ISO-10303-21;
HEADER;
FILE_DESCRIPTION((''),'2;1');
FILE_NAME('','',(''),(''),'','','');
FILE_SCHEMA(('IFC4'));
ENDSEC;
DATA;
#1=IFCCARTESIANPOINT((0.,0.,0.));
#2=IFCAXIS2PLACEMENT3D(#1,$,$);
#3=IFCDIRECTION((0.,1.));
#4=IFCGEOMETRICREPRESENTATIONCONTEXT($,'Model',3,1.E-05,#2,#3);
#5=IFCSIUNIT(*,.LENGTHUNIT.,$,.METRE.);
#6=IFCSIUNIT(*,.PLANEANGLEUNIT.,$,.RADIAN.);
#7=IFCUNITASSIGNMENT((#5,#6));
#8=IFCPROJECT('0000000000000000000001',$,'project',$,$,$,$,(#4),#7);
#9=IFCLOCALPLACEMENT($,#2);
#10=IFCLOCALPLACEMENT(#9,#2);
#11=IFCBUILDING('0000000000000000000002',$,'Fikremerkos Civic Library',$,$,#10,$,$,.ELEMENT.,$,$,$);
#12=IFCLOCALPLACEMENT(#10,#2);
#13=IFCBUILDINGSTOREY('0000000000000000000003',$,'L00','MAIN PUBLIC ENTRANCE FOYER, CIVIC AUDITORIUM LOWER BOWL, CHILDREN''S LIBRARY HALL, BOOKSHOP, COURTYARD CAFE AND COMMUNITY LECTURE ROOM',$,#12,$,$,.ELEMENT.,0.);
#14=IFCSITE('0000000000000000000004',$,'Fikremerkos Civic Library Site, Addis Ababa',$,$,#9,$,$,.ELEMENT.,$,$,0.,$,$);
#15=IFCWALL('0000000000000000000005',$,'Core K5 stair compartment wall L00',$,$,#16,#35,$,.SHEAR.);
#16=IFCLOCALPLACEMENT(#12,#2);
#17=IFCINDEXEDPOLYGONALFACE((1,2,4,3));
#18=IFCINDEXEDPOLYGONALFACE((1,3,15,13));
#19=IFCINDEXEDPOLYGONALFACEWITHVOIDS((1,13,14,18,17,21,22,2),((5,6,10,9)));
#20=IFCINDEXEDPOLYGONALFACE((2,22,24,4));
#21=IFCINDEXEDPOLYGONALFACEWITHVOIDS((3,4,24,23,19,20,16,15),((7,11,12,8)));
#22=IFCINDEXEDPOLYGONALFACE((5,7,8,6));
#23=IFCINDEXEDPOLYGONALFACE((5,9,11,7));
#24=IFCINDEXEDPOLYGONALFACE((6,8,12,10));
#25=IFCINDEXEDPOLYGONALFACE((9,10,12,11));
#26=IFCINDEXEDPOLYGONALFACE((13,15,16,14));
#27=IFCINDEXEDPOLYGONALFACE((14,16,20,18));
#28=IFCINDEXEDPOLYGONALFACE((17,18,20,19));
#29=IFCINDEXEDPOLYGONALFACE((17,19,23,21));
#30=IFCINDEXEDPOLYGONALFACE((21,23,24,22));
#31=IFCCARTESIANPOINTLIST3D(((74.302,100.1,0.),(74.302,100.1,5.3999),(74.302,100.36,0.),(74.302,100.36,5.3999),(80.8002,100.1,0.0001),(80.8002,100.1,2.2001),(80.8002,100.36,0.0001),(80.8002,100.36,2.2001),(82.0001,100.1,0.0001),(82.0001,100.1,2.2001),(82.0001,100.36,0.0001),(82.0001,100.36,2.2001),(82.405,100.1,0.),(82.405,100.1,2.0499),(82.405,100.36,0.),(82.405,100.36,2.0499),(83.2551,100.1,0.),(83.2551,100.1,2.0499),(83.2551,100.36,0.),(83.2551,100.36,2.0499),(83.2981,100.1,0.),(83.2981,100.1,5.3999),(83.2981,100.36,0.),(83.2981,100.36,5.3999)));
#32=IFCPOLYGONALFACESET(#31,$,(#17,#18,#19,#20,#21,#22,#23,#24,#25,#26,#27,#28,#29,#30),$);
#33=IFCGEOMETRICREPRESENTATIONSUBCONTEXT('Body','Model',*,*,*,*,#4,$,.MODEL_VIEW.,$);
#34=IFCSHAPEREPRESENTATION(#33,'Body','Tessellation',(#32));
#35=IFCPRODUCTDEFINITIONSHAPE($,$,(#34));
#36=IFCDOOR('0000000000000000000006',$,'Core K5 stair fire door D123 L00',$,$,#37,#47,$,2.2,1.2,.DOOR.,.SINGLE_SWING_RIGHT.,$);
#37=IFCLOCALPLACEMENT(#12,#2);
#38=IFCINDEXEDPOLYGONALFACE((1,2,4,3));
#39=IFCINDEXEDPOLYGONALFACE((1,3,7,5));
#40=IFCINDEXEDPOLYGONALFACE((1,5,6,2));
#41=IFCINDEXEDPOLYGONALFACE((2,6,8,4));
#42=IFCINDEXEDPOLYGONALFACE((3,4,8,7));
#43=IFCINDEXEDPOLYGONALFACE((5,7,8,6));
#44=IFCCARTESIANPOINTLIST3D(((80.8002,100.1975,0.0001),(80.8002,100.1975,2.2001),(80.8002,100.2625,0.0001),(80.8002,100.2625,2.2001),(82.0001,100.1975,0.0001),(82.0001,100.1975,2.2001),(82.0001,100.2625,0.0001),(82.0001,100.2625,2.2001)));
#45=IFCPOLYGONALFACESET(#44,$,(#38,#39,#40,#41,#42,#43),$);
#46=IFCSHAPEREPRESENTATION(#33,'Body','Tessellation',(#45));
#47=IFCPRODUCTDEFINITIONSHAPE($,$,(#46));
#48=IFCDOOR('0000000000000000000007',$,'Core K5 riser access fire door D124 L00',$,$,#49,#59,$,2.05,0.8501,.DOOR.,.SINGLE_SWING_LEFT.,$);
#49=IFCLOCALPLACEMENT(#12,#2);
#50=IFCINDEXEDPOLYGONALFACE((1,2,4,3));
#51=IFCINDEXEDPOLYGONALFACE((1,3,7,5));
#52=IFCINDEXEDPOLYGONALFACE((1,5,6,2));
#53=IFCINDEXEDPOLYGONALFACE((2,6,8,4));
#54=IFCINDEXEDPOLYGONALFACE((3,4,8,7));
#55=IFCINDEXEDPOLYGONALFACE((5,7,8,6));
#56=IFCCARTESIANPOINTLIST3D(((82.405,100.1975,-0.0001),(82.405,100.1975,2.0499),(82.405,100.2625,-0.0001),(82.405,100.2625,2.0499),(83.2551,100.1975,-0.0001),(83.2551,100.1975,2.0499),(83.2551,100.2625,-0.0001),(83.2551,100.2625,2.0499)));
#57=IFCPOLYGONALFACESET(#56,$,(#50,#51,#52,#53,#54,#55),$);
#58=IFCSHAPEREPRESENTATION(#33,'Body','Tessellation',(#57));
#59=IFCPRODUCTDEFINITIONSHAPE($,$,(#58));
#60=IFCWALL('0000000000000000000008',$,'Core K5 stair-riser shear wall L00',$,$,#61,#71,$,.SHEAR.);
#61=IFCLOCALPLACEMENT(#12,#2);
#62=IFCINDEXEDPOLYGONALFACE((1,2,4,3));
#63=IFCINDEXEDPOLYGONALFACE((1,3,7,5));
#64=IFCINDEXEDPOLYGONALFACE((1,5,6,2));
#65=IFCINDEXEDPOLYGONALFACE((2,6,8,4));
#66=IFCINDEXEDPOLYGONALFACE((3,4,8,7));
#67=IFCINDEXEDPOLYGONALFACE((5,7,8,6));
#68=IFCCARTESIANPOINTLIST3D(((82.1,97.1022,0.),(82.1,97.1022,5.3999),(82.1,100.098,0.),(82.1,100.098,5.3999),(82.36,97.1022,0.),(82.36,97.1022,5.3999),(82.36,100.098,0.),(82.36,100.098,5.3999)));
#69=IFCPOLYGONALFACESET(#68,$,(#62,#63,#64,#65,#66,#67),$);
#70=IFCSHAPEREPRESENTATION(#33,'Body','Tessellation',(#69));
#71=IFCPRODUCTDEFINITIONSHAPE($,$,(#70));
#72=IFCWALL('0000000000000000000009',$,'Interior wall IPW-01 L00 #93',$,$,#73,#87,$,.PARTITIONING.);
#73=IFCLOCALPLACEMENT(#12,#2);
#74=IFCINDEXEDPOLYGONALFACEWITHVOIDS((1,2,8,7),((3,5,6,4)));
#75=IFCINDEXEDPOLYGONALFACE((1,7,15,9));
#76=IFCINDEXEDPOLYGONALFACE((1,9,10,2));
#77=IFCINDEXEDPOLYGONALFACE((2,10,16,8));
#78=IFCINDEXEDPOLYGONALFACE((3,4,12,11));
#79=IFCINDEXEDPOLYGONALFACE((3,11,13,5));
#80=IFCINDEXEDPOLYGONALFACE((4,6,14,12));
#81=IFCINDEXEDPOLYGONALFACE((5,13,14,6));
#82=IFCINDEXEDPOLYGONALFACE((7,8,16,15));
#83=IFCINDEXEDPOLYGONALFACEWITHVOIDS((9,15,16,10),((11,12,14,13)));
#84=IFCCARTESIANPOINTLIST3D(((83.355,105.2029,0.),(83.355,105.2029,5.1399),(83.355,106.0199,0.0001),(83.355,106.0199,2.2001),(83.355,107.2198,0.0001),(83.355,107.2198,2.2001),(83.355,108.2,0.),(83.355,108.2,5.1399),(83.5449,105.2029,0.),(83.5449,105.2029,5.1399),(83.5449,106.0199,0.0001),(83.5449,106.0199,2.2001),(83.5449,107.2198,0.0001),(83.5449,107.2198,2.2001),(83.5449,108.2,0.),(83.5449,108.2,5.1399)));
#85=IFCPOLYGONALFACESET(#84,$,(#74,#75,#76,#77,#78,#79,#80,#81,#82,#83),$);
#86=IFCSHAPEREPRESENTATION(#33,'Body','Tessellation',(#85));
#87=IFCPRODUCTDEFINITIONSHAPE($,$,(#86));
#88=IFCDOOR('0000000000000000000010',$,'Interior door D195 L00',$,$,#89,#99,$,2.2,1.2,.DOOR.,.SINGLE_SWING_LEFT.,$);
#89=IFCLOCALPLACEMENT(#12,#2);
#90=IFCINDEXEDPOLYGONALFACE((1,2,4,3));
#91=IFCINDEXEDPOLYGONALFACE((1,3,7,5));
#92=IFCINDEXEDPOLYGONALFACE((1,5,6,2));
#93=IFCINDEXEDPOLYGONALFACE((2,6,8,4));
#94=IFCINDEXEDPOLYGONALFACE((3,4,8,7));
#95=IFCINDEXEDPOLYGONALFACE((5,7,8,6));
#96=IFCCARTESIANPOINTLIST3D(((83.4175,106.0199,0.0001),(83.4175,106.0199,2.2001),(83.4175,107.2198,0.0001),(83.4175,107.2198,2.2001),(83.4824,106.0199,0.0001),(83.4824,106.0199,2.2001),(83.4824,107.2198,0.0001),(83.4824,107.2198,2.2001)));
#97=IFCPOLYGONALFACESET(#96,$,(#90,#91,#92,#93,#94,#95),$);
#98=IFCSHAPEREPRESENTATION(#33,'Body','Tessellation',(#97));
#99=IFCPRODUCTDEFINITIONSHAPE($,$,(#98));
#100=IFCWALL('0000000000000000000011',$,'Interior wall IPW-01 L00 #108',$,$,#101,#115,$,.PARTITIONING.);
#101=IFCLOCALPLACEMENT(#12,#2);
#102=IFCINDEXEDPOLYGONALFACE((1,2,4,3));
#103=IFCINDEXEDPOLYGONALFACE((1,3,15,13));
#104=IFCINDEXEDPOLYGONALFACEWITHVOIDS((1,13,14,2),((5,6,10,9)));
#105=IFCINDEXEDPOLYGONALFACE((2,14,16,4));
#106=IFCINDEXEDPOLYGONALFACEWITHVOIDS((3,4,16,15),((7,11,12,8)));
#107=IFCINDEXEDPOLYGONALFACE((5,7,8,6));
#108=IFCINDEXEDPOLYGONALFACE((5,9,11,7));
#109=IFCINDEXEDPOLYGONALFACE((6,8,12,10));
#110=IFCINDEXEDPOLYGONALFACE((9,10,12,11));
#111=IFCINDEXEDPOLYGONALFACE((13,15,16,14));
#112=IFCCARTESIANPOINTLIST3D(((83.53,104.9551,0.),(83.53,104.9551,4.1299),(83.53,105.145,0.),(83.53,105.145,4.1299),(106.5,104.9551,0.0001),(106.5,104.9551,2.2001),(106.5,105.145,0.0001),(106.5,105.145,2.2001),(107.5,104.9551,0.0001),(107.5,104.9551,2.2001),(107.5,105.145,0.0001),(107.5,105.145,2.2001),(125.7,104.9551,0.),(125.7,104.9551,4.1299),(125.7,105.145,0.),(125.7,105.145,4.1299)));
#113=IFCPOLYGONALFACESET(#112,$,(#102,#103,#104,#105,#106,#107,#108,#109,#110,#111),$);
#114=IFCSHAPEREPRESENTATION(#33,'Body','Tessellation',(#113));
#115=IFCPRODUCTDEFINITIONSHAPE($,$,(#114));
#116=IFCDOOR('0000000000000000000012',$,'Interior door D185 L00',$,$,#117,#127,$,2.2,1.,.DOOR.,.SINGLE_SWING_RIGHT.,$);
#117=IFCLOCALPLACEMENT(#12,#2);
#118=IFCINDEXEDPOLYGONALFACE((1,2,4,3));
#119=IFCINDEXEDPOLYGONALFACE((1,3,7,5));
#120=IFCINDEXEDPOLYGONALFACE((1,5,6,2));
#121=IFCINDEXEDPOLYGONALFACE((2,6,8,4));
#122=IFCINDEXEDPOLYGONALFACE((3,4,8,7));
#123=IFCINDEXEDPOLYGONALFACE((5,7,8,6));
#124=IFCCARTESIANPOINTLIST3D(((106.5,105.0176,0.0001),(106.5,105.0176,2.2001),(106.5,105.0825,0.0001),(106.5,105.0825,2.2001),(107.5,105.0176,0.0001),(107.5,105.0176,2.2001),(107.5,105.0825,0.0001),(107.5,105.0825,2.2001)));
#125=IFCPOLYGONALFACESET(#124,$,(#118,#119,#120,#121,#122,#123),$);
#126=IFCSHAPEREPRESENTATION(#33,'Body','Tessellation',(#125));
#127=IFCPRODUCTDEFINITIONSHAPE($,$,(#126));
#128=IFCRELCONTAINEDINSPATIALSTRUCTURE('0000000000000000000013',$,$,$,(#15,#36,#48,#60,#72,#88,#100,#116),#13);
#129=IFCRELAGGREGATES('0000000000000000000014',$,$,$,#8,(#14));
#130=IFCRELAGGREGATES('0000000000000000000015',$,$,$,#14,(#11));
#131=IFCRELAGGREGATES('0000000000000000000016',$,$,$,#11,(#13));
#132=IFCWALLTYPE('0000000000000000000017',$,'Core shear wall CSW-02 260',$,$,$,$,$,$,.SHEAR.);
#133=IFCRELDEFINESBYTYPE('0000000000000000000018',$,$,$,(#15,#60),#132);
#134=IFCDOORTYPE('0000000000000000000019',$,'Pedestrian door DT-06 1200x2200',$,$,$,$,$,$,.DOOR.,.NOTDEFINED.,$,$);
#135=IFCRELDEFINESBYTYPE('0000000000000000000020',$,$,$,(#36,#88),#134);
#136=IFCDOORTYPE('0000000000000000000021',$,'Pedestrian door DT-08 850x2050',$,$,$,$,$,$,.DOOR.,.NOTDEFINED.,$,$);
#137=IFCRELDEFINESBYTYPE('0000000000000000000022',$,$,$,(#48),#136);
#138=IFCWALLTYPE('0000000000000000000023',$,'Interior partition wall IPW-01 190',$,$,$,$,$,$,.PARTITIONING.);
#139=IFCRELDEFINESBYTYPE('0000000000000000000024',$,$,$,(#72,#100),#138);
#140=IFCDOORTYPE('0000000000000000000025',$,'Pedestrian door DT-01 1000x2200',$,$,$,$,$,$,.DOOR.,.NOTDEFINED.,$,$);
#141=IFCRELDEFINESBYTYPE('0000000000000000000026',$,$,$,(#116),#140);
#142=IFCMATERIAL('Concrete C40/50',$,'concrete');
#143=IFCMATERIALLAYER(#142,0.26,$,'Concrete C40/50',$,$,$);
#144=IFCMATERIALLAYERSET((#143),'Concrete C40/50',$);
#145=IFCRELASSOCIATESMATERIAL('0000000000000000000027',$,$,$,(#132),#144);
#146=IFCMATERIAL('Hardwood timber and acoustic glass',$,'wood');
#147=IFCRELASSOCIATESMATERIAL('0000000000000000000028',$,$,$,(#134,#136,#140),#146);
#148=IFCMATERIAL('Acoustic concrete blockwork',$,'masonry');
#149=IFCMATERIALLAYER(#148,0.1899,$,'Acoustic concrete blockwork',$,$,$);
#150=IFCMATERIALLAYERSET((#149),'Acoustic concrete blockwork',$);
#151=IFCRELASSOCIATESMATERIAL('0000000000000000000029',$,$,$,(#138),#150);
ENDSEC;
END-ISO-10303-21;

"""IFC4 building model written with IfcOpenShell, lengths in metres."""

from ifc_helpers import new_model, si_unit, direction, frame, frame_2d, origin, place, context, subcontext, project, spatial, rectangle, extrude, material, layer, layer_set, type_object, element, fill, save


model = new_model("IFC4")

# Units and contexts
model_context = context("Model", 3, precision=1e-05, world=origin(), true_north=direction((0.0, 1.0)))
body_context = subcontext(model_context, "Body", "Model", "MODEL_VIEW")
ifc_project = project(units=[si_unit("LENGTHUNIT", "METRE"), si_unit("PLANEANGLEUNIT", "RADIAN")], contexts=[model_context])

# Site, building, storey
site_placement = place(None, origin())
site = spatial("IfcSite", under=ifc_project, at=site_placement, Name="Fikremerkos Civic Library Site, Addis Ababa", CompositionType="ELEMENT", RefElevation=0.0)
building_placement = place(site_placement, origin())
building = spatial("IfcBuilding", under=site, at=building_placement, Name="Fikremerkos Civic Library", CompositionType="ELEMENT")
storey_placement = place(building_placement, origin())
storey = spatial("IfcBuildingStorey", under=building, at=storey_placement, Name="L00", Description="MAIN PUBLIC ENTRANCE FOYER, CIVIC AUDITORIUM LOWER BOWL, CHILDREN'S LIBRARY HALL, BOOKSHOP, COURTYARD CAFE AND COMMUNITY LECTURE ROOM", CompositionType="ELEMENT", Elevation=0.0)

# Shared definitions
ifc_material_1 = material(Name="Concrete C40/50", Category="concrete")

# Shared definitions
ifc_material_2 = material(Name="Hardwood timber and acoustic glass", Category="wood")

# Wall, openings, doors
ifc_layer_1 = layer(ifc_material_1, 0.26, Name="Concrete C40/50")
ifc_layer_set_1 = layer_set([ifc_layer_1], Name="Concrete C40/50")
wall_type_1 = type_object("IfcWallType", Name="Core shear wall CSW-02 260", PredefinedType="SHEAR", material=ifc_layer_set_1)
wall_1_placement = place(storey_placement, frame((74.302, 100.23, 0.0), z_axis=(0.0, 0.0, 1.0), x_axis=(1.0, 0.0, 0.0)))
wall_1 = element("IfcWall", 1, at=wall_1_placement, inside=storey, type_object=wall_type_1, Name="Core K5 stair compartment wall L00", PredefinedType="SHEAR", context=body_context, shape_type="SweptSolid", body=[
    extrude(rectangle(XDim=8.9961, YDim=0.26, at=frame_2d((4.498, 0.0))), origin(), (0.0, 0.0, 1.0), 5.3999),
])
opening_1_placement = place(wall_1_placement, frame((6.498, 0.0, 0.0)))
opening_1 = element("IfcOpeningElement", 2, at=opening_1_placement, cuts=wall_1, PredefinedType="OPENING", context=body_context, shape_type="SweptSolid", body=[
    extrude(rectangle(XDim=1.2, YDim=2.2, at=frame_2d((0.6001, 1.1001))), frame((0.0, 0.1399, 0.0), z_axis=(0.0, -1.0, 0.0), x_axis=(1.0, 0.0, 0.0)), (0.0, 0.0, 1.0), 0.28),
])
opening_2_placement = place(wall_1_placement, frame((8.103, 0.0, 0.0)))
opening_2 = element("IfcOpeningElement", 3, at=opening_2_placement, cuts=wall_1, PredefinedType="OPENING", context=body_context, shape_type="SweptSolid", body=[
    extrude(rectangle(XDim=0.8501, YDim=2.05, at=frame_2d((0.425, 1.0249))), frame((0.0, 0.1399, 0.0), z_axis=(0.0, -1.0, 0.0), x_axis=(1.0, 0.0, 0.0)), (0.0, 0.0, 1.0), 0.28),
])
door_type_1 = type_object("IfcDoorType", Name="Pedestrian door DT-06 1200x2200", OperationType="NOTDEFINED", PredefinedType="DOOR", material=ifc_material_2)
door_1_placement = place(opening_1_placement, origin())
door_1 = element("IfcDoor", 4, at=door_1_placement, inside=storey, type_object=door_type_1, Name="Core K5 stair fire door D123 L00", OperationType="SINGLE_SWING_RIGHT", OverallHeight=2.2, OverallWidth=1.2, PredefinedType="DOOR", context=body_context, shape_type="SweptSolid", body=[
    extrude(rectangle(XDim=1.2, YDim=2.2, at=frame_2d((0.6001, 1.1001))), frame((0.0, 0.0325, 0.0), z_axis=(0.0, -1.0, 0.0), x_axis=(1.0, 0.0, 0.0)), (0.0, 0.0, 1.0), 0.0649),
])
fill(opening_1, door_1)
door_type_2 = type_object("IfcDoorType", Name="Pedestrian door DT-08 850x2050", OperationType="NOTDEFINED", PredefinedType="DOOR", material=ifc_material_2)
door_2_placement = place(opening_2_placement, origin())
door_2 = element("IfcDoor", 5, at=door_2_placement, inside=storey, type_object=door_type_2, Name="Core K5 riser access fire door D124 L00", OperationType="SINGLE_SWING_LEFT", OverallHeight=2.05, OverallWidth=0.8501, PredefinedType="DOOR", context=body_context, shape_type="SweptSolid", body=[
    extrude(rectangle(XDim=0.8501, YDim=2.05, at=frame_2d((0.425, 1.0249))), frame((0.0, 0.0325, 0.0), z_axis=(0.0, -1.0, 0.0), x_axis=(1.0, 0.0, 0.0)), (0.0, 0.0, 1.0), 0.0649),
])
fill(opening_2, door_2)

# Wall
wall_2_placement = place(storey_placement, frame((82.23, 97.1021, 0.0), z_axis=(0.0, 0.0, 1.0), x_axis=(0.0, 1.0, 0.0)))
element("IfcWall", 6, at=wall_2_placement, inside=storey, type_object=wall_type_1, Name="Core K5 stair-riser shear wall L00", PredefinedType="SHEAR", context=body_context, shape_type="SweptSolid", body=[
    extrude(rectangle(XDim=2.9958, YDim=0.26, at=frame_2d((1.498, 0.0))), origin(), (0.0, 0.0, 1.0), 5.3999),
])

# Walls, openings, doors
ifc_material_3 = material(Name="Acoustic concrete blockwork", Category="masonry")
ifc_layer_2 = layer(ifc_material_3, 0.1899, Name="Acoustic concrete blockwork")
ifc_layer_set_2 = layer_set([ifc_layer_2], Name="Acoustic concrete blockwork")
wall_type_2 = type_object("IfcWallType", Name="Interior partition wall IPW-01 190", PredefinedType="PARTITIONING", material=ifc_layer_set_2)
wall_3_placement = place(storey_placement, frame((83.45, 105.2029, 0.0), z_axis=(0.0, 0.0, 1.0), x_axis=(0.0, 1.0, 0.0)))
wall_3 = element("IfcWall", 7, at=wall_3_placement, inside=storey, type_object=wall_type_2, Name="Interior wall IPW-01 L00 #93", PredefinedType="PARTITIONING", context=body_context, shape_type="SweptSolid", body=[
    extrude(rectangle(XDim=2.9971, YDim=0.1899, at=frame_2d((1.4985, 0.0))), origin(), (0.0, 0.0, 1.0), 5.1399),
])
opening_3_placement = place(wall_3_placement, frame((0.8169, 0.0, 0.0)))
opening_3 = element("IfcOpeningElement", 8, at=opening_3_placement, cuts=wall_3, PredefinedType="OPENING", context=body_context, shape_type="SweptSolid", body=[
    extrude(rectangle(XDim=1.2, YDim=2.2, at=frame_2d((0.6001, 1.1001))), frame((0.0, 0.105, 0.0), z_axis=(0.0, -1.0, 0.0), x_axis=(1.0, 0.0, 0.0)), (0.0, 0.0, 1.0), 0.21),
])
door_3_placement = place(opening_3_placement, origin())
door_3 = element("IfcDoor", 9, at=door_3_placement, inside=storey, type_object=door_type_1, Name="Interior door D195 L00", OperationType="SINGLE_SWING_LEFT", OverallHeight=2.2, OverallWidth=1.2, PredefinedType="DOOR", context=body_context, shape_type="SweptSolid", body=[
    extrude(rectangle(XDim=1.2, YDim=2.2, at=frame_2d((0.6001, 1.1001))), frame((0.0, 0.0325, 0.0), z_axis=(0.0, -1.0, 0.0), x_axis=(1.0, 0.0, 0.0)), (0.0, 0.0, 1.0), 0.0649),
])
fill(opening_3, door_3)
wall_4_placement = place(storey_placement, frame((83.53, 105.05, 0.0), z_axis=(0.0, 0.0, 1.0), x_axis=(1.0, 0.0, 0.0)))
wall_4 = element("IfcWall", 10, at=wall_4_placement, inside=storey, type_object=wall_type_2, Name="Interior wall IPW-01 L00 #108", PredefinedType="PARTITIONING", context=body_context, shape_type="SweptSolid", body=[
    extrude(rectangle(XDim=42.1699, YDim=0.1899, at=frame_2d((21.085, 0.0))), origin(), (0.0, 0.0, 1.0), 4.1299),
])
opening_4_placement = place(wall_4_placement, frame((22.97, 0.0, 0.0)))
opening_4 = element("IfcOpeningElement", 11, at=opening_4_placement, cuts=wall_4, PredefinedType="OPENING", context=body_context, shape_type="SweptSolid", body=[
    extrude(rectangle(XDim=1.0, YDim=2.2, at=frame_2d((0.5, 1.1001))), frame((0.0, 0.105, 0.0), z_axis=(0.0, -1.0, 0.0), x_axis=(1.0, 0.0, 0.0)), (0.0, 0.0, 1.0), 0.21),
])
door_type_3 = type_object("IfcDoorType", Name="Pedestrian door DT-01 1000x2200", OperationType="NOTDEFINED", PredefinedType="DOOR", material=ifc_material_2)
door_4_placement = place(opening_4_placement, origin())
door_4 = element("IfcDoor", 12, at=door_4_placement, inside=storey, type_object=door_type_3, Name="Interior door D185 L00", OperationType="SINGLE_SWING_RIGHT", OverallHeight=2.2, OverallWidth=1.0, PredefinedType="DOOR", context=body_context, shape_type="SweptSolid", body=[
    extrude(rectangle(XDim=1.0, YDim=2.2, at=frame_2d((0.5, 1.1001))), frame((0.0, 0.0325, 0.0), z_axis=(0.0, -1.0, 0.0), x_axis=(1.0, 0.0, 0.0)), (0.0, 0.0, 1.0), 0.0649),
])
fill(opening_4, door_4)

save(model, "model.ifc")
